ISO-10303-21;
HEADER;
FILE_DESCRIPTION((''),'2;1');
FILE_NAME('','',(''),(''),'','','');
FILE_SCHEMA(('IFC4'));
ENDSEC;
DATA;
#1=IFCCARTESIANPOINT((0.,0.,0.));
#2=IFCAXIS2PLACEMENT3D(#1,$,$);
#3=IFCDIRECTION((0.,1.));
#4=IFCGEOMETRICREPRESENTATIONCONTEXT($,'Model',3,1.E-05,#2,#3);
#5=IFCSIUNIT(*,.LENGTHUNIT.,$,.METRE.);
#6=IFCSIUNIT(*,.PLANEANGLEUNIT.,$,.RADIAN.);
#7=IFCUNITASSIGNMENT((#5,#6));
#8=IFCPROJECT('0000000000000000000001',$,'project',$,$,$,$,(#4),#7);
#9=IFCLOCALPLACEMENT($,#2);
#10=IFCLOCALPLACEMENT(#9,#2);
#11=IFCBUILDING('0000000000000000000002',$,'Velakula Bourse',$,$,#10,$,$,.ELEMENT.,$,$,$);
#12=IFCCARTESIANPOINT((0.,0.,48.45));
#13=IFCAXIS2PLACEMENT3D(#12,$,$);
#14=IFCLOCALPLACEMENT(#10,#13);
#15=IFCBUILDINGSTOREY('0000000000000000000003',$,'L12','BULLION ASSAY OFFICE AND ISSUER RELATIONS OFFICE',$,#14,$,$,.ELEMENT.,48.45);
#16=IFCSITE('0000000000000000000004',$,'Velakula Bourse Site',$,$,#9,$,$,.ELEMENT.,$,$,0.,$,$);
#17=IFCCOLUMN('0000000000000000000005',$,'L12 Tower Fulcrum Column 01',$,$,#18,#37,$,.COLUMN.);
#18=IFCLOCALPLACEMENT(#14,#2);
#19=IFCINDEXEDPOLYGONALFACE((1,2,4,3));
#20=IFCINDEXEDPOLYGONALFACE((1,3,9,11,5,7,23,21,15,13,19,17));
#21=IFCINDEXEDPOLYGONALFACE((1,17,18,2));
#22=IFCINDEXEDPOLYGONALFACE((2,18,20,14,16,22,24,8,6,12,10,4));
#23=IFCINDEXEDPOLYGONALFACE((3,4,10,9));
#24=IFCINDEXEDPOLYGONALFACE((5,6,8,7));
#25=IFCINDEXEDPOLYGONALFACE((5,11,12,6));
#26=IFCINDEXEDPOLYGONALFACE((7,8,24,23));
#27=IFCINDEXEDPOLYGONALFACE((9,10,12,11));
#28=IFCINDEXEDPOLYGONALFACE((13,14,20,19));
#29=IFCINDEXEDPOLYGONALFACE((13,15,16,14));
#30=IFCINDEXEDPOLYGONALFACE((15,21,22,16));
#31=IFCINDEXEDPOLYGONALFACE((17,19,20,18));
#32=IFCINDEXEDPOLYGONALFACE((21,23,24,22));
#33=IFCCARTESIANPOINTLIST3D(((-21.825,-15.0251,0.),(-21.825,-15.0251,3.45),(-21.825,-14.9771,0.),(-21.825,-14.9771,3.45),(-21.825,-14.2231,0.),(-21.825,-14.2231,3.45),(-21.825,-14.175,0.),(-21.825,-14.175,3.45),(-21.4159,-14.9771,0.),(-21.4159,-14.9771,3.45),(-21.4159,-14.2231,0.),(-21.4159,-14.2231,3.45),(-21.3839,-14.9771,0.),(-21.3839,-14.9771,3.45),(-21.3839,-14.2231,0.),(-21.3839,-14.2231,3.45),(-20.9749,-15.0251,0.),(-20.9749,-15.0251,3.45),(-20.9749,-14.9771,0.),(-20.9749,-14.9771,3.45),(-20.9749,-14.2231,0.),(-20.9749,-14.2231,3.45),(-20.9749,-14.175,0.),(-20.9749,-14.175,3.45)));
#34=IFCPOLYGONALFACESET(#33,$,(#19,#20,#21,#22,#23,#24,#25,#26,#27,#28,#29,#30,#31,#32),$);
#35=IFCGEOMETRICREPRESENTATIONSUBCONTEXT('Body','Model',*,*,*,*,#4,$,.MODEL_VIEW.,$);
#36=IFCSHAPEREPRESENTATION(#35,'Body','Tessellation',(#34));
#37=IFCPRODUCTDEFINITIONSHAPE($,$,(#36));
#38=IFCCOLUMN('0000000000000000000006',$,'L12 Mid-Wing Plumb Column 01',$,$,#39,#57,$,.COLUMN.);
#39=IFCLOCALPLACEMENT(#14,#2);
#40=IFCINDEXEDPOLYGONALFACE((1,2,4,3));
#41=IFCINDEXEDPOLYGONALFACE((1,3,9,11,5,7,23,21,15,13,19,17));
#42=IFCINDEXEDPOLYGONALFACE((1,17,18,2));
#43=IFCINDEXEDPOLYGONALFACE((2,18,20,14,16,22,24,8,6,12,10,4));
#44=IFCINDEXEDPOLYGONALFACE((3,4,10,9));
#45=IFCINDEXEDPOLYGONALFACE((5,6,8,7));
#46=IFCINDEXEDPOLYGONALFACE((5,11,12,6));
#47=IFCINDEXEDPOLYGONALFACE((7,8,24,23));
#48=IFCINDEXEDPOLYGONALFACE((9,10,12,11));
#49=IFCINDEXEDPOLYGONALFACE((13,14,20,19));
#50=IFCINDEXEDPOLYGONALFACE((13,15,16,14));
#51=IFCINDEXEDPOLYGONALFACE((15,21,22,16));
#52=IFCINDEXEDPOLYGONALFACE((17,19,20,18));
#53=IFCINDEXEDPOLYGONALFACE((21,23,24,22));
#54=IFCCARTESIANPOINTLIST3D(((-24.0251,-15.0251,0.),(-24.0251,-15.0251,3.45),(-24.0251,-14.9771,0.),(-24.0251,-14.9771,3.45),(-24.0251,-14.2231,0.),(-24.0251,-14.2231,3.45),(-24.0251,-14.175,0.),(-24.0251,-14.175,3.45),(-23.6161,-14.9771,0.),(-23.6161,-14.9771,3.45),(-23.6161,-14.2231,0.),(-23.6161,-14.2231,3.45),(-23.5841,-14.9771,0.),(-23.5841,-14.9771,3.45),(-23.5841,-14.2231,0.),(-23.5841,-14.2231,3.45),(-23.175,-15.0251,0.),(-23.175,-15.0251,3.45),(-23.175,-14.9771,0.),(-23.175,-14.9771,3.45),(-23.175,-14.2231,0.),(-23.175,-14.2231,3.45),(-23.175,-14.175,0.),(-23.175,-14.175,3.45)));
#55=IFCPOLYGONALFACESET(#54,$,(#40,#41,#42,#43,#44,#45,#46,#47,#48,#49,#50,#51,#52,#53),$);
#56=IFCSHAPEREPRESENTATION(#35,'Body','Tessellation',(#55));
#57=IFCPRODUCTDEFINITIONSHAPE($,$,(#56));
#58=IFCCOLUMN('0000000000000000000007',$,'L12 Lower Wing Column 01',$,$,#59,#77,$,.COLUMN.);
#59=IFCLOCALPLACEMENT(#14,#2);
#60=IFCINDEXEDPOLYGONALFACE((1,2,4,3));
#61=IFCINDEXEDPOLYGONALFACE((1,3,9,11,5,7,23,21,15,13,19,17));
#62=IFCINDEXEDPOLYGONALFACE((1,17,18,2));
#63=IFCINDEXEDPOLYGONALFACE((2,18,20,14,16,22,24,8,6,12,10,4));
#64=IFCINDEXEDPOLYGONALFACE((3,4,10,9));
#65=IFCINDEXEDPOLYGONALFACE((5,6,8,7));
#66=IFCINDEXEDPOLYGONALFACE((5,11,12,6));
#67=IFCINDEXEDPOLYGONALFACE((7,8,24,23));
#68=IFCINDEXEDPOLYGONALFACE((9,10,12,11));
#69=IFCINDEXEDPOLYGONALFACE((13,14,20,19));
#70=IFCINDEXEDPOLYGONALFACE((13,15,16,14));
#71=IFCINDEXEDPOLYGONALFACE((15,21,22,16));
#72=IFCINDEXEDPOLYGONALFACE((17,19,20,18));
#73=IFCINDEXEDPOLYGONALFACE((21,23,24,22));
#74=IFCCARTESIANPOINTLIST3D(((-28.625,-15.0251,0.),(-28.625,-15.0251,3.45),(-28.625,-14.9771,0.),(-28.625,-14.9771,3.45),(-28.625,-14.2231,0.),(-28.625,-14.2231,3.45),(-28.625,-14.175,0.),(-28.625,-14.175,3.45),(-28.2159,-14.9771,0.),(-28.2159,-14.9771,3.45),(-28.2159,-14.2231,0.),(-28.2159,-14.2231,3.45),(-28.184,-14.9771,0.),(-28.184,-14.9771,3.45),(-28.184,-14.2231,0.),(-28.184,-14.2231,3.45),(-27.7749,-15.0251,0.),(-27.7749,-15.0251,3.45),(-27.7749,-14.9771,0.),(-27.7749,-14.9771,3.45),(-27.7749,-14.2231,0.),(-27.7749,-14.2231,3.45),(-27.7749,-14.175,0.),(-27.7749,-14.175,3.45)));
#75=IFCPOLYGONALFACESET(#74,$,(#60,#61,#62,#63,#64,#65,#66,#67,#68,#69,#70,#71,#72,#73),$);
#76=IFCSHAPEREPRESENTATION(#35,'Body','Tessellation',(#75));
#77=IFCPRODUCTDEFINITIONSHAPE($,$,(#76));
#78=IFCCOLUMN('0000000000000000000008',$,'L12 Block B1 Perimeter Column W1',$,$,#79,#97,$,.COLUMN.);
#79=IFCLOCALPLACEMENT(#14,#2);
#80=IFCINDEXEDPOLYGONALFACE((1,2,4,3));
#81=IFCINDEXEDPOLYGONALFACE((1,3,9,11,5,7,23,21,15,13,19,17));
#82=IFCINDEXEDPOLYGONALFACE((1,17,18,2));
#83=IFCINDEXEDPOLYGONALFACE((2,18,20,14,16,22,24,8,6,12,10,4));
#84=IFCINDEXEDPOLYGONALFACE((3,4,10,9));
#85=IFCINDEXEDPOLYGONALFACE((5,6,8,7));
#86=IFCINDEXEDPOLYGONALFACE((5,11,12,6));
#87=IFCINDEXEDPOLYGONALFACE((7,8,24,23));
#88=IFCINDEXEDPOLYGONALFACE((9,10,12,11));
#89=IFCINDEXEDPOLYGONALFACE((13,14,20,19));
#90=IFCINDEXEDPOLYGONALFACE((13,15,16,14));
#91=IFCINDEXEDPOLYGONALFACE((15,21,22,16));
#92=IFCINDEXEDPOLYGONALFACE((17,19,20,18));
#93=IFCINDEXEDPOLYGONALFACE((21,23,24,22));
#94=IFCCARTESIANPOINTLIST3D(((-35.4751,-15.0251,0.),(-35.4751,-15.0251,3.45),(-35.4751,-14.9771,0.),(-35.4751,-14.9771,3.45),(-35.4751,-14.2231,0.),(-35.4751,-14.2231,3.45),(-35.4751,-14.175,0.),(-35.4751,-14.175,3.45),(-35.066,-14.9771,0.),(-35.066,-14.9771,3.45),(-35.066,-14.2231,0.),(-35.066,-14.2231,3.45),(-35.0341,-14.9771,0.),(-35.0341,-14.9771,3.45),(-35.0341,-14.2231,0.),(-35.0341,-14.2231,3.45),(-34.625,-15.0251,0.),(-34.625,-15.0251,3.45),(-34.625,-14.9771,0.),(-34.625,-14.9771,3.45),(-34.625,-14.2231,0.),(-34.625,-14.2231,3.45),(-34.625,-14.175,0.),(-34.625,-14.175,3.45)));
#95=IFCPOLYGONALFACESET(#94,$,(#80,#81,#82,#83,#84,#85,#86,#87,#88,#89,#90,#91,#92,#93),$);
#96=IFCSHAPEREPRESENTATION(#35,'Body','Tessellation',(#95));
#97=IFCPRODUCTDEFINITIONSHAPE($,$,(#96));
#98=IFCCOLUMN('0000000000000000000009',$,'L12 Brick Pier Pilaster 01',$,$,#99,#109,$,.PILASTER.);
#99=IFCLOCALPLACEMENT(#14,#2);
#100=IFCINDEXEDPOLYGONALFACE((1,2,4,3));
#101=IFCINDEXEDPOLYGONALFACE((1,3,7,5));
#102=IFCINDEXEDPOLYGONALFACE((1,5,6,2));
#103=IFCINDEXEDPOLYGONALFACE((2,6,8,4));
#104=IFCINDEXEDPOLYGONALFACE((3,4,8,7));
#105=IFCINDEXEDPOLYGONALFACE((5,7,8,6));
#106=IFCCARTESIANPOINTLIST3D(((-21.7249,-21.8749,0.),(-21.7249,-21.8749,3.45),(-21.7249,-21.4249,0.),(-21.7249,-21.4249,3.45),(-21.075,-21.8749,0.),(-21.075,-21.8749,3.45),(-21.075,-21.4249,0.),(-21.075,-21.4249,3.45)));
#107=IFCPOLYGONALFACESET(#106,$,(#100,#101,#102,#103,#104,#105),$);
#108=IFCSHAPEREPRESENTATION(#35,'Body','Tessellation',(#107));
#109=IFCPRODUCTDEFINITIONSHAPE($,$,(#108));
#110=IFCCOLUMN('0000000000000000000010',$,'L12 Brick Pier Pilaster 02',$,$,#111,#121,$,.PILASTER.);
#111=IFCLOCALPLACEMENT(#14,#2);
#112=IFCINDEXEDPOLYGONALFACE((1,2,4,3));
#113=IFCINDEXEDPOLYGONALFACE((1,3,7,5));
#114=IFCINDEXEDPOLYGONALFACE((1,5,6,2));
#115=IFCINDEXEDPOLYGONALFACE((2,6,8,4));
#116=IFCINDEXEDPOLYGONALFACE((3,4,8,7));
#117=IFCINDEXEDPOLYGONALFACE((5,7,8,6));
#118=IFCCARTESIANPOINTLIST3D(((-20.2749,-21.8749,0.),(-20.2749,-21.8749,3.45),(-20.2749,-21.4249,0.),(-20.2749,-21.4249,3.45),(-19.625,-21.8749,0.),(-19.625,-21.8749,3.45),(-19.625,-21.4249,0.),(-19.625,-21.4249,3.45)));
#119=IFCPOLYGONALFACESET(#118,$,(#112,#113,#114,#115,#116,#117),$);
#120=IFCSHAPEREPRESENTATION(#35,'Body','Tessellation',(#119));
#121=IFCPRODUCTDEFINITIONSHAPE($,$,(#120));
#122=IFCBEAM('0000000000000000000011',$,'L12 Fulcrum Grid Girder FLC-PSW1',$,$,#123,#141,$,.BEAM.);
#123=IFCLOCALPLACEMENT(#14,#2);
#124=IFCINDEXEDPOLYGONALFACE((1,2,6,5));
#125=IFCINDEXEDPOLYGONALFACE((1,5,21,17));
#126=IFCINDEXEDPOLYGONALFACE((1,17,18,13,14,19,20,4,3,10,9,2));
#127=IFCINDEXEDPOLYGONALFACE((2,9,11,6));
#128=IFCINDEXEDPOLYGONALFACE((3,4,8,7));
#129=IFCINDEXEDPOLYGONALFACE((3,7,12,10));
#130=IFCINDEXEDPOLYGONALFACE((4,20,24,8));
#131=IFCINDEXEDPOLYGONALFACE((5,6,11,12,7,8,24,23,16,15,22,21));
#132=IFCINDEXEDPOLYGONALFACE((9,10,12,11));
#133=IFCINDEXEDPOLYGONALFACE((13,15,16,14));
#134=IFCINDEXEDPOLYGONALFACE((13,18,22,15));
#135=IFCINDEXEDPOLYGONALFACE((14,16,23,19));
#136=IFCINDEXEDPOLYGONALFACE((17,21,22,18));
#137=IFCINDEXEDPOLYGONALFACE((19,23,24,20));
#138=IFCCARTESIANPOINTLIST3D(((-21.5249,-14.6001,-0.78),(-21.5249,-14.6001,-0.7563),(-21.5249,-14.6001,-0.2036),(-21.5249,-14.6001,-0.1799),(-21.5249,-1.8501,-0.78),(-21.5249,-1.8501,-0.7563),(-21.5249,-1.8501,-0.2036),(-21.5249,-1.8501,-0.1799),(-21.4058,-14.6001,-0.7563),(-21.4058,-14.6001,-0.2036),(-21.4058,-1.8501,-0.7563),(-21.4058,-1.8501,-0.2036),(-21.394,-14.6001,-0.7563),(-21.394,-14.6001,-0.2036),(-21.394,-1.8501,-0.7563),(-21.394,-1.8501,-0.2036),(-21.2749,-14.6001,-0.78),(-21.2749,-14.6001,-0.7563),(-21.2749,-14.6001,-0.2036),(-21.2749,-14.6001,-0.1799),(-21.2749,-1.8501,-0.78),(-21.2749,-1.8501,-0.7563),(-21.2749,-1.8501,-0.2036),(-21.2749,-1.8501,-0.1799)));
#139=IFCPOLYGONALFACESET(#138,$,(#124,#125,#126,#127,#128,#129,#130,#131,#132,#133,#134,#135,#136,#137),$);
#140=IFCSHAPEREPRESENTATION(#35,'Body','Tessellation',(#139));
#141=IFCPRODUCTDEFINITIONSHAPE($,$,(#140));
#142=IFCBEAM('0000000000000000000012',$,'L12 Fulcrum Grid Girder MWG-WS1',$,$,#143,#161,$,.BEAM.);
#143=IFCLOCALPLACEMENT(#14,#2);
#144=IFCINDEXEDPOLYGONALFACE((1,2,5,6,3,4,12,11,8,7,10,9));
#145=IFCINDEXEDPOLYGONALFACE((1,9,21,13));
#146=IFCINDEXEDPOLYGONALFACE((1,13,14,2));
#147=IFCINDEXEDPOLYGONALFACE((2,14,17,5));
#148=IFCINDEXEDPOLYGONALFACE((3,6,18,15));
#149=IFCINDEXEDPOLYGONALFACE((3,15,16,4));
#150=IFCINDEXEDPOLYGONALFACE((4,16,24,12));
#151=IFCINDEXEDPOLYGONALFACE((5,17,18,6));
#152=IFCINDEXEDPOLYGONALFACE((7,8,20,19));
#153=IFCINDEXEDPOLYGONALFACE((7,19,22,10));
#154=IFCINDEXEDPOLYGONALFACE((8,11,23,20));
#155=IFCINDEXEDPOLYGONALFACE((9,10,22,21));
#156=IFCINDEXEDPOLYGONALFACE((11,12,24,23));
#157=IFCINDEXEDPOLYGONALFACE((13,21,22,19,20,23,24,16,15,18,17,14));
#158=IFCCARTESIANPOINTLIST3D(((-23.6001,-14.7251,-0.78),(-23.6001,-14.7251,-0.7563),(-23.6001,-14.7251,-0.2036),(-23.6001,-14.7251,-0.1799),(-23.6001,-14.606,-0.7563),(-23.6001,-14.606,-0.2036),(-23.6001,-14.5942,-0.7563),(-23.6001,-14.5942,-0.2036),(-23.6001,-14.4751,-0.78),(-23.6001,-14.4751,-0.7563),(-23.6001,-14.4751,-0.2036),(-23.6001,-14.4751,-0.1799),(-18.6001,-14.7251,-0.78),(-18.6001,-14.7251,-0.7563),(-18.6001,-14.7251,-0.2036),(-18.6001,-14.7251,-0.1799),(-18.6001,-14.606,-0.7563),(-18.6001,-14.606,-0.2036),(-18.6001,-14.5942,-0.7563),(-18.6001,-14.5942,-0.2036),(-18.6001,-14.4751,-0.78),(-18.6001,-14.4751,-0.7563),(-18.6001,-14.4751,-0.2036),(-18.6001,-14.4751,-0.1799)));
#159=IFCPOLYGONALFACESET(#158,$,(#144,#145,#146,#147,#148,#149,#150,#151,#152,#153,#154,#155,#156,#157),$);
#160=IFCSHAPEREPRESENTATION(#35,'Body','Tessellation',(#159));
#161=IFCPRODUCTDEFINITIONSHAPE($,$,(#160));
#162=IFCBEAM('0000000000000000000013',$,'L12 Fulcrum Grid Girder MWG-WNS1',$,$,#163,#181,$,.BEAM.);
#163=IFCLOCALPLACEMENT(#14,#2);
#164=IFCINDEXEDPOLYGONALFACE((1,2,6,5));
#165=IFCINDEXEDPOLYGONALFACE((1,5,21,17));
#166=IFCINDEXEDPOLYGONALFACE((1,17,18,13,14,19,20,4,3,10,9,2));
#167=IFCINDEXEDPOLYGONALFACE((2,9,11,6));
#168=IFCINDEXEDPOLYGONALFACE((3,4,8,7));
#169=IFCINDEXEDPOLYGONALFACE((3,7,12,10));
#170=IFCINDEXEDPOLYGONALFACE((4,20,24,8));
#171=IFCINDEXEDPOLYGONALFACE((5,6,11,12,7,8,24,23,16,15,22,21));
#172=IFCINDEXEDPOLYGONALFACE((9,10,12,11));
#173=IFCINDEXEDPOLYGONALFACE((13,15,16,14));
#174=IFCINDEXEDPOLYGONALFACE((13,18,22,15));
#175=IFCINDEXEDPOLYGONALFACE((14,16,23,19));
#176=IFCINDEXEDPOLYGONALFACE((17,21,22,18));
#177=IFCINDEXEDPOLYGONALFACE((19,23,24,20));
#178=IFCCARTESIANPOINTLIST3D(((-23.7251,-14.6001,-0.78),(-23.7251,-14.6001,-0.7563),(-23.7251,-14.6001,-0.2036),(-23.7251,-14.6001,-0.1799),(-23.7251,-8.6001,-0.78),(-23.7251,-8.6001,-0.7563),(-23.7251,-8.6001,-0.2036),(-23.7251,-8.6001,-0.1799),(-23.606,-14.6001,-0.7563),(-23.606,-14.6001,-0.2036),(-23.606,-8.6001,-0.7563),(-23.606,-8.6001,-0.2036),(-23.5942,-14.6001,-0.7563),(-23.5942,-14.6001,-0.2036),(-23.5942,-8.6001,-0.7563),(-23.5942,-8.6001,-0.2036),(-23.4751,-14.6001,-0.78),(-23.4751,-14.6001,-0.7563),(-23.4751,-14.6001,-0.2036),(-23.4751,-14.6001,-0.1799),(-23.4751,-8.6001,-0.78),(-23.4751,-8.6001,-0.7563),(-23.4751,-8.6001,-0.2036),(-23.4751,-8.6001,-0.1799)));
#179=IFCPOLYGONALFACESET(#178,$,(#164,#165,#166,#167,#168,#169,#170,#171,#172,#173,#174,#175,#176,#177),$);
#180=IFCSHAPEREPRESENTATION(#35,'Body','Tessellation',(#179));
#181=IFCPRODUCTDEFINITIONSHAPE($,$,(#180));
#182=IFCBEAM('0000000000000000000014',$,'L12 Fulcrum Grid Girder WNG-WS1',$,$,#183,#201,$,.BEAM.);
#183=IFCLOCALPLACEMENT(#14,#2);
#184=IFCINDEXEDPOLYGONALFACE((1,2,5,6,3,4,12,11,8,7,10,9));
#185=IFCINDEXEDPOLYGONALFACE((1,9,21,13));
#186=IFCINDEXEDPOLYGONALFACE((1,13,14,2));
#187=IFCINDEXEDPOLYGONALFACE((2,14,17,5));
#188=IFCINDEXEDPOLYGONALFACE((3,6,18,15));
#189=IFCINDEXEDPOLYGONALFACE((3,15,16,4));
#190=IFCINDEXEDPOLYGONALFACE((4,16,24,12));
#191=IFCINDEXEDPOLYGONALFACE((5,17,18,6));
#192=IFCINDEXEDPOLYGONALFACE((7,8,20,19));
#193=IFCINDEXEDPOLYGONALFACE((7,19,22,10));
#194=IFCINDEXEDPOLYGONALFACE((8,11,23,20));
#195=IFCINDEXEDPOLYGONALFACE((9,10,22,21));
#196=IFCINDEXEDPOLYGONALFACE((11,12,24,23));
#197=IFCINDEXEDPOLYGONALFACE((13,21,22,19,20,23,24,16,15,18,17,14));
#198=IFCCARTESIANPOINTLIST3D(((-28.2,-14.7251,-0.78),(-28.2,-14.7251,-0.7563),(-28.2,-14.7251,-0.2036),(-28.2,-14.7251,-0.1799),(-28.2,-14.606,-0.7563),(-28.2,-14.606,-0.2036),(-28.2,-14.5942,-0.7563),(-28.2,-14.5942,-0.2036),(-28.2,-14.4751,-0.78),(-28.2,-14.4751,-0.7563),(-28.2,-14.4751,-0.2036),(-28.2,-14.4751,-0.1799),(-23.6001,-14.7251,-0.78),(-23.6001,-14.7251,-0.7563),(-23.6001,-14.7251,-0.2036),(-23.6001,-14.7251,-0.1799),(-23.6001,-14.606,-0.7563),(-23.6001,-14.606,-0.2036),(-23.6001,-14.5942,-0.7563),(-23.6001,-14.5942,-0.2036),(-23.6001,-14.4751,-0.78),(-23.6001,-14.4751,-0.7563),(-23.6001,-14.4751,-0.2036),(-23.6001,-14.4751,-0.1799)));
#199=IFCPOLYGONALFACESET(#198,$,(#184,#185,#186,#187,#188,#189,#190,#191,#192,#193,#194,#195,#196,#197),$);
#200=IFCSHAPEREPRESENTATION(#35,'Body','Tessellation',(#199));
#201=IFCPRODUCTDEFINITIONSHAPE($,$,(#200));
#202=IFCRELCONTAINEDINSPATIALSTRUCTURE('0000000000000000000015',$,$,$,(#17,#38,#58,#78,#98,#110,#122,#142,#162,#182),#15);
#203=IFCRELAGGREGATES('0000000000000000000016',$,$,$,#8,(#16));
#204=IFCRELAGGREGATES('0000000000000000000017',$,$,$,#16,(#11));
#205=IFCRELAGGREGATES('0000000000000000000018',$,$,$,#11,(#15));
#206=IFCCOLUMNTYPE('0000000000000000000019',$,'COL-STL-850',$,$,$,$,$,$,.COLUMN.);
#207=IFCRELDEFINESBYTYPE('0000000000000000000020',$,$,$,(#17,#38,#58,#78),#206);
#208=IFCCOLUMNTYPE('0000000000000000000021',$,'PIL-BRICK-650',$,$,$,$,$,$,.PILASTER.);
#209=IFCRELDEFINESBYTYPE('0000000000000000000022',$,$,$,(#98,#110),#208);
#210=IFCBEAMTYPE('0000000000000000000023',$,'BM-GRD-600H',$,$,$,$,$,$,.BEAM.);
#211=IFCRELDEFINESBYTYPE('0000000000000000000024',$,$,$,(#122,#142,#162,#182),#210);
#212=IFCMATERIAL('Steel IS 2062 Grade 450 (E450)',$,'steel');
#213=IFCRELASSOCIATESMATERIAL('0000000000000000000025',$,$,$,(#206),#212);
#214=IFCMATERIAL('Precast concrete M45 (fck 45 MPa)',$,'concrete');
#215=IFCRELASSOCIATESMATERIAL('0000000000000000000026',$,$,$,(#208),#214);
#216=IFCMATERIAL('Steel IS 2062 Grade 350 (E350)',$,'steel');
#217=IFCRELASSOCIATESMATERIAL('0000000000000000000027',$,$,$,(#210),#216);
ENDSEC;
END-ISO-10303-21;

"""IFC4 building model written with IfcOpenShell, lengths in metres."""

from ifc_helpers import new_model, si_unit, direction, frame, origin, origin_2d, place, context, subcontext, project, spatial, rectangle, i_section, extrude, material, material_profile, profile_set, type_object, element, save


model = new_model("IFC4")

# Units and contexts
model_context = context("Model", 3, precision=1e-05, world=origin(), true_north=direction((0.0, 1.0)))
body_context = subcontext(model_context, "Body", "Model", "MODEL_VIEW")
ifc_project = project(units=[si_unit("LENGTHUNIT", "METRE"), si_unit("PLANEANGLEUNIT", "RADIAN")], contexts=[model_context])

# Site, building, storey
site_placement = place(None, origin())
site = spatial("IfcSite", under=ifc_project, at=site_placement, Name="Velakula Bourse Site", CompositionType="ELEMENT", RefElevation=0.0)
building_placement = place(site_placement, origin())
building = spatial("IfcBuilding", under=site, at=building_placement, Name="Velakula Bourse", CompositionType="ELEMENT")
storey_placement = place(building_placement, frame((0.0, 0.0, 48.45)))
storey = spatial("IfcBuildingStorey", under=building, at=storey_placement, Name="L12", Description="BULLION ASSAY OFFICE AND ISSUER RELATIONS OFFICE", CompositionType="ELEMENT", Elevation=48.45)

# Columns
ifc_material_1 = material(Name="Steel IS 2062 Grade 450 (E450)", Category="steel")
ifc_material_profile_1 = material_profile(ifc_material_1, i_section(OverallWidth=0.8501, OverallDepth=0.8501, WebThickness=0.032, FlangeThickness=0.0481, at=origin_2d()), Name="Steel IS 2062 Grade 450 (E450)")
ifc_profile_set_1 = profile_set([ifc_material_profile_1], Name="Steel IS 2062 Grade 450 (E450)")
column_type_1 = type_object("IfcColumnType", Name="COL-STL-850", PredefinedType="COLUMN", material=ifc_profile_set_1)
for number, where, z_axis, x_axis, name in (
    (1, (-21.3999, -14.6001, 0.0), (0.0, 0.0, 1.0), (1.0, 0.0, 0.0), "L12 Tower Fulcrum Column 01"),
    (2, (-23.6001, -14.6001, 0.0), (0.0, 0.0, 1.0), (1.0, 0.0, 0.0), "L12 Mid-Wing Plumb Column 01"),
    (3, (-28.2, -14.6001, 0.0), (0.0, 0.0, 1.0), (1.0, 0.0, 0.0), "L12 Lower Wing Column 01"),
    (4, (-35.05, -14.6001, 0.0), (0.0, 0.0, 1.0), (1.0, 0.0, 0.0), "L12 Block B1 Perimeter Column W1"),
):
    element("IfcColumn", number, at=place(storey_placement, frame(where, z_axis=z_axis, x_axis=x_axis)), inside=storey, type_object=column_type_1, Name=name, PredefinedType="COLUMN", context=body_context, shape_type="SweptSolid", body=[
        extrude(i_section(OverallWidth=0.8501, OverallDepth=0.8501, WebThickness=0.032, FlangeThickness=0.0481, at=origin_2d()), origin(), (0.0, 0.0, 1.0), 3.45),
    ])
ifc_material_2 = material(Name="Precast concrete M45 (fck 45 MPa)", Category="concrete")
ifc_material_profile_2 = material_profile(ifc_material_2, rectangle(XDim=0.6499, YDim=0.45, at=origin_2d()), Name="Precast concrete M45 (fck 45 MPa)")
ifc_profile_set_2 = profile_set([ifc_material_profile_2], Name="Precast concrete M45 (fck 45 MPa)")
column_type_2 = type_object("IfcColumnType", Name="PIL-BRICK-650", PredefinedType="PILASTER", material=ifc_profile_set_2)
for number, where, z_axis, x_axis, name in (
    (5, (-21.3999, -21.6499, 0.0), (0.0, 0.0, 1.0), (1.0, 0.0, 0.0), "L12 Brick Pier Pilaster 01"),
    (6, (-19.95, -21.6499, 0.0), (0.0, 0.0, 1.0), (1.0, 0.0, 0.0), "L12 Brick Pier Pilaster 02"),
):
    element("IfcColumn", number, at=place(storey_placement, frame(where, z_axis=z_axis, x_axis=x_axis)), inside=storey, type_object=column_type_2, Name=name, PredefinedType="PILASTER", context=body_context, shape_type="SweptSolid", body=[
        extrude(rectangle(XDim=0.6499, YDim=0.45, at=origin_2d()), origin(), (0.0, 0.0, 1.0), 3.45),
    ])

# Beams
ifc_material_3 = material(Name="Steel IS 2062 Grade 350 (E350)", Category="steel")
ifc_material_profile_3 = material_profile(ifc_material_3, i_section(OverallWidth=0.25, OverallDepth=0.6001, WebThickness=0.0117, FlangeThickness=0.0237, at=origin_2d()), Name="Steel IS 2062 Grade 350 (E350)")
ifc_profile_set_3 = profile_set([ifc_material_profile_3], Name="Steel IS 2062 Grade 350 (E350)")
beam_type_1 = type_object("IfcBeamType", Name="BM-GRD-600H", PredefinedType="BEAM", material=ifc_profile_set_3)
beam_1_placement = place(storey_placement, frame((-21.3999, -14.6001, -0.48), z_axis=(0.0, 1.0, 0.0), x_axis=(-1.0, 0.0, 0.0)))
element("IfcBeam", 7, at=beam_1_placement, inside=storey, type_object=beam_type_1, Name="L12 Fulcrum Grid Girder FLC-PSW1", PredefinedType="BEAM", context=body_context, shape_type="SweptSolid", body=[
    extrude(i_section(OverallWidth=0.25, OverallDepth=0.6001, WebThickness=0.0117, FlangeThickness=0.0237, at=origin_2d()), origin(), (0.0, 0.0, 1.0), 12.75),
])
beam_2_placement = place(storey_placement, frame((-23.6001, -14.6001, -0.48), z_axis=(1.0, 0.0, 0.0), x_axis=(0.0, 1.0, 0.0)))
element("IfcBeam", 8, at=beam_2_placement, inside=storey, type_object=beam_type_1, Name="L12 Fulcrum Grid Girder MWG-WS1", PredefinedType="BEAM", context=body_context, shape_type="SweptSolid", body=[
    extrude(i_section(OverallWidth=0.25, OverallDepth=0.6001, WebThickness=0.0117, FlangeThickness=0.0237, at=origin_2d()), origin(), (0.0, 0.0, 1.0), 5.0),
])
beam_3_placement = place(storey_placement, frame((-23.6001, -14.6001, -0.48), z_axis=(0.0, 1.0, 0.0), x_axis=(-1.0, 0.0, 0.0)))
element("IfcBeam", 9, at=beam_3_placement, inside=storey, type_object=beam_type_1, Name="L12 Fulcrum Grid Girder MWG-WNS1", PredefinedType="BEAM", context=body_context, shape_type="SweptSolid", body=[
    extrude(i_section(OverallWidth=0.25, OverallDepth=0.6001, WebThickness=0.0117, FlangeThickness=0.0237, at=origin_2d()), origin(), (0.0, 0.0, 1.0), 6.0),
])
beam_4_placement = place(storey_placement, frame((-28.2, -14.6001, -0.48), z_axis=(1.0, 0.0, 0.0), x_axis=(0.0, 1.0, 0.0)))
element("IfcBeam", 10, at=beam_4_placement, inside=storey, type_object=beam_type_1, Name="L12 Fulcrum Grid Girder WNG-WS1", PredefinedType="BEAM", context=body_context, shape_type="SweptSolid", body=[
    extrude(i_section(OverallWidth=0.25, OverallDepth=0.6001, WebThickness=0.0117, FlangeThickness=0.0237, at=origin_2d()), origin(), (0.0, 0.0, 1.0), 4.5999),
])

save(model, "model.ifc")
